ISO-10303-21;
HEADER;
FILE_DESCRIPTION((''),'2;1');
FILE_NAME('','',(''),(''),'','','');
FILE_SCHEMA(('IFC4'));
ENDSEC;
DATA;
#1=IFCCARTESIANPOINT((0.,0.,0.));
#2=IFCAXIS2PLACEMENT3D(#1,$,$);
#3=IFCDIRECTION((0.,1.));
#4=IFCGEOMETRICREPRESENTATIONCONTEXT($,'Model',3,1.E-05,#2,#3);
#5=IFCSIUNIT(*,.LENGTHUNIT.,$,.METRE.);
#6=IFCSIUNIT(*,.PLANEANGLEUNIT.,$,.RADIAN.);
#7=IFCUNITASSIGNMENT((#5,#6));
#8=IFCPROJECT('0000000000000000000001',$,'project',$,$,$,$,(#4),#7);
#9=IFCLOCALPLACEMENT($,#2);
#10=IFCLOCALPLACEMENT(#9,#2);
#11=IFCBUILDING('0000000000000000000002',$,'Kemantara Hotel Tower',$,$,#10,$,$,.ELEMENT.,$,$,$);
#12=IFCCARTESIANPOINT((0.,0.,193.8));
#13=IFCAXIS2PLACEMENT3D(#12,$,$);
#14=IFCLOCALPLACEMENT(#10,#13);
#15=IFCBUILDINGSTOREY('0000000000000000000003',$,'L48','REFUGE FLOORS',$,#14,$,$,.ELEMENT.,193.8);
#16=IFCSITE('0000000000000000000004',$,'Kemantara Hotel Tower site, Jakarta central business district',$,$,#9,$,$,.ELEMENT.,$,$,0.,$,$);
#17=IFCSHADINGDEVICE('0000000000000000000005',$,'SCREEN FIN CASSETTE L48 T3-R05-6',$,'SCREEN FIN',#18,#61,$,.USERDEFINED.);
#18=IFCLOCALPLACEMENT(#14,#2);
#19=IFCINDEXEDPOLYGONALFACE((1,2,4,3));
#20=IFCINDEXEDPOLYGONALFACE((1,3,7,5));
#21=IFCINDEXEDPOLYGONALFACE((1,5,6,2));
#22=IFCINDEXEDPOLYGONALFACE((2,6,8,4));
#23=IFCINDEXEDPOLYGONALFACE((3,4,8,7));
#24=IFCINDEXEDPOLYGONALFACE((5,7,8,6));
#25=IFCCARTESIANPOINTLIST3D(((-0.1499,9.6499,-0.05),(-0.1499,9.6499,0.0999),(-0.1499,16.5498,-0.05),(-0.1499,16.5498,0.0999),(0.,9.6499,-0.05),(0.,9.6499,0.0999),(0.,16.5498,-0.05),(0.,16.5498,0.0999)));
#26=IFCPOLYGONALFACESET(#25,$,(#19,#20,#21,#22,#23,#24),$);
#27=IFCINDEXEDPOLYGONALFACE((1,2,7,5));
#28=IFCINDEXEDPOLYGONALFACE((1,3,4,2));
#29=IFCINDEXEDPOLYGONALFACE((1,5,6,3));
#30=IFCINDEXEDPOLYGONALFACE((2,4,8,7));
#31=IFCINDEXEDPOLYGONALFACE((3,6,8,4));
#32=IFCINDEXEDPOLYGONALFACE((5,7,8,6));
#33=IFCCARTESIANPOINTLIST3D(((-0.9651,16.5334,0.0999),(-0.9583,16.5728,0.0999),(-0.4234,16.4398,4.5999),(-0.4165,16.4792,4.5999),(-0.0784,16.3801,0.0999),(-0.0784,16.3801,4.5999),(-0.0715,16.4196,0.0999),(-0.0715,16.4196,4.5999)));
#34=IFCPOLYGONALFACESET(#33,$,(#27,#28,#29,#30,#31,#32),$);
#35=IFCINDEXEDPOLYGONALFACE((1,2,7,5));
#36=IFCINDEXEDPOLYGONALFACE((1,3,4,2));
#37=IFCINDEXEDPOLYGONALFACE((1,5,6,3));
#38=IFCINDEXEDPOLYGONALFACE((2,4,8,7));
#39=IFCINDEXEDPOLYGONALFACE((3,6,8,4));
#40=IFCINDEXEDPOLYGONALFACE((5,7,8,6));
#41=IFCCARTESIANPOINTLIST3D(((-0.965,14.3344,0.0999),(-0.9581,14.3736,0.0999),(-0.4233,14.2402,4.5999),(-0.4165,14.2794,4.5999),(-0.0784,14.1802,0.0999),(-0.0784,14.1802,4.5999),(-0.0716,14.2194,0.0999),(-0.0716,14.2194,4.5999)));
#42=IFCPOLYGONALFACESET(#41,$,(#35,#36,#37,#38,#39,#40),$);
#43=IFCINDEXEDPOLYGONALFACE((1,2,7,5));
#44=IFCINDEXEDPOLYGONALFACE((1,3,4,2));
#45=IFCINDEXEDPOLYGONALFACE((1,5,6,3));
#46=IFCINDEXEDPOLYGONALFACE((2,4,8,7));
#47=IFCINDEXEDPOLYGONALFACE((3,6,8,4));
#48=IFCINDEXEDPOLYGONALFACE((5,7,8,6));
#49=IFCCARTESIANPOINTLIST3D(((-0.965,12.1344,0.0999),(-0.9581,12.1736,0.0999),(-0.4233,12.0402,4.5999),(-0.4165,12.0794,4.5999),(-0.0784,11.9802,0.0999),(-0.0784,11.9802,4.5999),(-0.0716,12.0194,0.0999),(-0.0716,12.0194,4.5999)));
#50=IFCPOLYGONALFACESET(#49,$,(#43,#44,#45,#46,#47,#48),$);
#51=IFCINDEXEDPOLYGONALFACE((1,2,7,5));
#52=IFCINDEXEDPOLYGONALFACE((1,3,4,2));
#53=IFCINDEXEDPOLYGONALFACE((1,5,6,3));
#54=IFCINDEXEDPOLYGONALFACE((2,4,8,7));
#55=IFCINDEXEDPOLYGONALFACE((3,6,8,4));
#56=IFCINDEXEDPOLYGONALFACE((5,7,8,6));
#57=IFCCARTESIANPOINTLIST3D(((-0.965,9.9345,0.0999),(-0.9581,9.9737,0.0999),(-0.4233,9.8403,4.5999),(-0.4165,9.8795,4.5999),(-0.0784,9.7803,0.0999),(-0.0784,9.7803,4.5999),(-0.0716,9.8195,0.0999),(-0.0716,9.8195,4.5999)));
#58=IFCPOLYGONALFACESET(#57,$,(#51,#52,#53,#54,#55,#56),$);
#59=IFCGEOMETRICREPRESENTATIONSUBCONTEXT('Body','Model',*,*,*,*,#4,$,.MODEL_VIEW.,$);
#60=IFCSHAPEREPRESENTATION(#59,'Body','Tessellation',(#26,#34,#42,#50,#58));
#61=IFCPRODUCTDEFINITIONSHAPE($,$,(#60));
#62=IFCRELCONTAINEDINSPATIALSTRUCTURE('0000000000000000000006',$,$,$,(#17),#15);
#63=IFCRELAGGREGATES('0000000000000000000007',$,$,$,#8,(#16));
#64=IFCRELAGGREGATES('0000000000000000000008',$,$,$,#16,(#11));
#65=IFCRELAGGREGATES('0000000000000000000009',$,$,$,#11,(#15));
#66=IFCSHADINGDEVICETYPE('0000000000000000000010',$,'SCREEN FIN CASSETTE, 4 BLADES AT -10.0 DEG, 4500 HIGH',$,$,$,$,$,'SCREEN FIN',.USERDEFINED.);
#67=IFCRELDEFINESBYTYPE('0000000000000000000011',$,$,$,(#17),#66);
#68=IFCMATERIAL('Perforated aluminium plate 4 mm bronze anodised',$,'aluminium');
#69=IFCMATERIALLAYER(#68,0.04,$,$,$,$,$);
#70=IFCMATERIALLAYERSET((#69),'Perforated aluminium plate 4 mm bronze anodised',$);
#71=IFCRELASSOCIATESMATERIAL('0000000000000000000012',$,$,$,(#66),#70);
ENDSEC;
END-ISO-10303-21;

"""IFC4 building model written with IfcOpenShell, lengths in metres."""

from ifc_helpers import new_model, si_unit, direction, frame, origin, origin_2d, place, context, subcontext, project, spatial, polyline, rectangle, outline, extrude, source, transform, mapped, material, layer, layer_set, type_object, element, save


model = new_model("IFC4")

# Units and contexts
model_context = context("Model", 3, precision=1e-05, world=origin(), true_north=direction((0.0, 1.0)))
body_context = subcontext(model_context, "Body", "Model", "MODEL_VIEW")
ifc_project = project(units=[si_unit("LENGTHUNIT", "METRE"), si_unit("PLANEANGLEUNIT", "RADIAN")], contexts=[model_context])

# Site, building, storey
site_placement = place(None, origin())
site = spatial("IfcSite", under=ifc_project, at=site_placement, Name="Kemantara Hotel Tower site, Jakarta central business district", CompositionType="ELEMENT", RefElevation=0.0)
building_placement = place(site_placement, origin())
building = spatial("IfcBuilding", under=site, at=building_placement, Name="Kemantara Hotel Tower", CompositionType="ELEMENT")
storey_placement = place(building_placement, frame((0.0, 0.0, 193.8)))
storey = spatial("IfcBuildingStorey", under=building, at=storey_placement, Name="L48", Description="REFUGE FLOORS", CompositionType="ELEMENT", Elevation=193.8)

# Shading device
ifc_material_1 = material(Name="Perforated aluminium plate 4 mm bronze anodised", Category="aluminium")
ifc_layer_1 = layer(ifc_material_1, 0.04)
ifc_layer_set_1 = layer_set([ifc_layer_1], Name="Perforated aluminium plate 4 mm bronze anodised")
shading_device_type_1 = type_object("IfcShadingDeviceType", Name="SCREEN FIN CASSETTE, 4 BLADES AT -10.0 DEG, 4500 HIGH", ElementType="SCREEN FIN", PredefinedType="USERDEFINED", material=ifc_layer_set_1)
shared_shape_1 = source(origin(), body_context, "Body", "SweptSolid", [
    extrude(rectangle(XDim=6.8999, YDim=0.1499, at=origin_2d()), frame((3.3, -0.075, -0.1499), z_axis=(0.0, 0.0, 1.0), x_axis=(1.0, 0.0, 0.0)), (0.0, 0.0, 1.0), 0.1499),
    extrude(outline(polyline([(0.0, 0.0), (0.8999, 0.0), (0.3501, 4.5), (0.0, 4.5), (0.0, 0.0)])), frame((0.0198, -0.0784, 0.0), z_axis=(-0.98539, 0.170314, 0.0), x_axis=(-0.170314, -0.98539, 0.0)), (0.0, 0.0, 1.0), 0.04),
    extrude(outline(polyline([(0.0, 0.0), (0.8999, 0.0), (0.3501, 4.5), (0.0, 4.5), (0.0, 0.0)])), frame((2.2197, -0.0784, 0.0), z_axis=(-0.985212, 0.171341, 0.0), x_axis=(-0.171341, -0.985212, 0.0)), (0.0, 0.0, 1.0), 0.0398),
    extrude(outline(polyline([(0.0, 0.0), (0.8999, 0.0), (0.3501, 4.5), (0.0, 4.5), (0.0, 0.0)])), frame((4.4197, -0.0784, 0.0), z_axis=(-0.985212, 0.171341, 0.0), x_axis=(-0.171341, -0.985212, 0.0)), (0.0, 0.0, 1.0), 0.0398),
    extrude(outline(polyline([(0.0, 0.0), (0.8999, 0.0), (0.3501, 4.5), (0.0, 4.5), (0.0, 0.0)])), frame((6.6196, -0.0784, 0.0), z_axis=(-0.985212, 0.171341, 0.0), x_axis=(-0.171341, -0.985212, 0.0)), (0.0, 0.0, 1.0), 0.0398),
])
shading_device_1_placement = place(storey_placement, frame((0.0, 16.3999, 0.0999), z_axis=(0.0, 0.0, 1.0), x_axis=(0.0, -1.0, 0.0)))
element("IfcShadingDevice", 1, at=shading_device_1_placement, inside=storey, type_object=shading_device_type_1, Name="SCREEN FIN CASSETTE L48 T3-R05-6", ObjectType="SCREEN FIN", PredefinedType="USERDEFINED", context=body_context, shape_type="MappedRepresentation", body=[
    mapped(shared_shape_1, transform((0.0, 0.0, 0.0))),
])

save(model, "model.ifc")
